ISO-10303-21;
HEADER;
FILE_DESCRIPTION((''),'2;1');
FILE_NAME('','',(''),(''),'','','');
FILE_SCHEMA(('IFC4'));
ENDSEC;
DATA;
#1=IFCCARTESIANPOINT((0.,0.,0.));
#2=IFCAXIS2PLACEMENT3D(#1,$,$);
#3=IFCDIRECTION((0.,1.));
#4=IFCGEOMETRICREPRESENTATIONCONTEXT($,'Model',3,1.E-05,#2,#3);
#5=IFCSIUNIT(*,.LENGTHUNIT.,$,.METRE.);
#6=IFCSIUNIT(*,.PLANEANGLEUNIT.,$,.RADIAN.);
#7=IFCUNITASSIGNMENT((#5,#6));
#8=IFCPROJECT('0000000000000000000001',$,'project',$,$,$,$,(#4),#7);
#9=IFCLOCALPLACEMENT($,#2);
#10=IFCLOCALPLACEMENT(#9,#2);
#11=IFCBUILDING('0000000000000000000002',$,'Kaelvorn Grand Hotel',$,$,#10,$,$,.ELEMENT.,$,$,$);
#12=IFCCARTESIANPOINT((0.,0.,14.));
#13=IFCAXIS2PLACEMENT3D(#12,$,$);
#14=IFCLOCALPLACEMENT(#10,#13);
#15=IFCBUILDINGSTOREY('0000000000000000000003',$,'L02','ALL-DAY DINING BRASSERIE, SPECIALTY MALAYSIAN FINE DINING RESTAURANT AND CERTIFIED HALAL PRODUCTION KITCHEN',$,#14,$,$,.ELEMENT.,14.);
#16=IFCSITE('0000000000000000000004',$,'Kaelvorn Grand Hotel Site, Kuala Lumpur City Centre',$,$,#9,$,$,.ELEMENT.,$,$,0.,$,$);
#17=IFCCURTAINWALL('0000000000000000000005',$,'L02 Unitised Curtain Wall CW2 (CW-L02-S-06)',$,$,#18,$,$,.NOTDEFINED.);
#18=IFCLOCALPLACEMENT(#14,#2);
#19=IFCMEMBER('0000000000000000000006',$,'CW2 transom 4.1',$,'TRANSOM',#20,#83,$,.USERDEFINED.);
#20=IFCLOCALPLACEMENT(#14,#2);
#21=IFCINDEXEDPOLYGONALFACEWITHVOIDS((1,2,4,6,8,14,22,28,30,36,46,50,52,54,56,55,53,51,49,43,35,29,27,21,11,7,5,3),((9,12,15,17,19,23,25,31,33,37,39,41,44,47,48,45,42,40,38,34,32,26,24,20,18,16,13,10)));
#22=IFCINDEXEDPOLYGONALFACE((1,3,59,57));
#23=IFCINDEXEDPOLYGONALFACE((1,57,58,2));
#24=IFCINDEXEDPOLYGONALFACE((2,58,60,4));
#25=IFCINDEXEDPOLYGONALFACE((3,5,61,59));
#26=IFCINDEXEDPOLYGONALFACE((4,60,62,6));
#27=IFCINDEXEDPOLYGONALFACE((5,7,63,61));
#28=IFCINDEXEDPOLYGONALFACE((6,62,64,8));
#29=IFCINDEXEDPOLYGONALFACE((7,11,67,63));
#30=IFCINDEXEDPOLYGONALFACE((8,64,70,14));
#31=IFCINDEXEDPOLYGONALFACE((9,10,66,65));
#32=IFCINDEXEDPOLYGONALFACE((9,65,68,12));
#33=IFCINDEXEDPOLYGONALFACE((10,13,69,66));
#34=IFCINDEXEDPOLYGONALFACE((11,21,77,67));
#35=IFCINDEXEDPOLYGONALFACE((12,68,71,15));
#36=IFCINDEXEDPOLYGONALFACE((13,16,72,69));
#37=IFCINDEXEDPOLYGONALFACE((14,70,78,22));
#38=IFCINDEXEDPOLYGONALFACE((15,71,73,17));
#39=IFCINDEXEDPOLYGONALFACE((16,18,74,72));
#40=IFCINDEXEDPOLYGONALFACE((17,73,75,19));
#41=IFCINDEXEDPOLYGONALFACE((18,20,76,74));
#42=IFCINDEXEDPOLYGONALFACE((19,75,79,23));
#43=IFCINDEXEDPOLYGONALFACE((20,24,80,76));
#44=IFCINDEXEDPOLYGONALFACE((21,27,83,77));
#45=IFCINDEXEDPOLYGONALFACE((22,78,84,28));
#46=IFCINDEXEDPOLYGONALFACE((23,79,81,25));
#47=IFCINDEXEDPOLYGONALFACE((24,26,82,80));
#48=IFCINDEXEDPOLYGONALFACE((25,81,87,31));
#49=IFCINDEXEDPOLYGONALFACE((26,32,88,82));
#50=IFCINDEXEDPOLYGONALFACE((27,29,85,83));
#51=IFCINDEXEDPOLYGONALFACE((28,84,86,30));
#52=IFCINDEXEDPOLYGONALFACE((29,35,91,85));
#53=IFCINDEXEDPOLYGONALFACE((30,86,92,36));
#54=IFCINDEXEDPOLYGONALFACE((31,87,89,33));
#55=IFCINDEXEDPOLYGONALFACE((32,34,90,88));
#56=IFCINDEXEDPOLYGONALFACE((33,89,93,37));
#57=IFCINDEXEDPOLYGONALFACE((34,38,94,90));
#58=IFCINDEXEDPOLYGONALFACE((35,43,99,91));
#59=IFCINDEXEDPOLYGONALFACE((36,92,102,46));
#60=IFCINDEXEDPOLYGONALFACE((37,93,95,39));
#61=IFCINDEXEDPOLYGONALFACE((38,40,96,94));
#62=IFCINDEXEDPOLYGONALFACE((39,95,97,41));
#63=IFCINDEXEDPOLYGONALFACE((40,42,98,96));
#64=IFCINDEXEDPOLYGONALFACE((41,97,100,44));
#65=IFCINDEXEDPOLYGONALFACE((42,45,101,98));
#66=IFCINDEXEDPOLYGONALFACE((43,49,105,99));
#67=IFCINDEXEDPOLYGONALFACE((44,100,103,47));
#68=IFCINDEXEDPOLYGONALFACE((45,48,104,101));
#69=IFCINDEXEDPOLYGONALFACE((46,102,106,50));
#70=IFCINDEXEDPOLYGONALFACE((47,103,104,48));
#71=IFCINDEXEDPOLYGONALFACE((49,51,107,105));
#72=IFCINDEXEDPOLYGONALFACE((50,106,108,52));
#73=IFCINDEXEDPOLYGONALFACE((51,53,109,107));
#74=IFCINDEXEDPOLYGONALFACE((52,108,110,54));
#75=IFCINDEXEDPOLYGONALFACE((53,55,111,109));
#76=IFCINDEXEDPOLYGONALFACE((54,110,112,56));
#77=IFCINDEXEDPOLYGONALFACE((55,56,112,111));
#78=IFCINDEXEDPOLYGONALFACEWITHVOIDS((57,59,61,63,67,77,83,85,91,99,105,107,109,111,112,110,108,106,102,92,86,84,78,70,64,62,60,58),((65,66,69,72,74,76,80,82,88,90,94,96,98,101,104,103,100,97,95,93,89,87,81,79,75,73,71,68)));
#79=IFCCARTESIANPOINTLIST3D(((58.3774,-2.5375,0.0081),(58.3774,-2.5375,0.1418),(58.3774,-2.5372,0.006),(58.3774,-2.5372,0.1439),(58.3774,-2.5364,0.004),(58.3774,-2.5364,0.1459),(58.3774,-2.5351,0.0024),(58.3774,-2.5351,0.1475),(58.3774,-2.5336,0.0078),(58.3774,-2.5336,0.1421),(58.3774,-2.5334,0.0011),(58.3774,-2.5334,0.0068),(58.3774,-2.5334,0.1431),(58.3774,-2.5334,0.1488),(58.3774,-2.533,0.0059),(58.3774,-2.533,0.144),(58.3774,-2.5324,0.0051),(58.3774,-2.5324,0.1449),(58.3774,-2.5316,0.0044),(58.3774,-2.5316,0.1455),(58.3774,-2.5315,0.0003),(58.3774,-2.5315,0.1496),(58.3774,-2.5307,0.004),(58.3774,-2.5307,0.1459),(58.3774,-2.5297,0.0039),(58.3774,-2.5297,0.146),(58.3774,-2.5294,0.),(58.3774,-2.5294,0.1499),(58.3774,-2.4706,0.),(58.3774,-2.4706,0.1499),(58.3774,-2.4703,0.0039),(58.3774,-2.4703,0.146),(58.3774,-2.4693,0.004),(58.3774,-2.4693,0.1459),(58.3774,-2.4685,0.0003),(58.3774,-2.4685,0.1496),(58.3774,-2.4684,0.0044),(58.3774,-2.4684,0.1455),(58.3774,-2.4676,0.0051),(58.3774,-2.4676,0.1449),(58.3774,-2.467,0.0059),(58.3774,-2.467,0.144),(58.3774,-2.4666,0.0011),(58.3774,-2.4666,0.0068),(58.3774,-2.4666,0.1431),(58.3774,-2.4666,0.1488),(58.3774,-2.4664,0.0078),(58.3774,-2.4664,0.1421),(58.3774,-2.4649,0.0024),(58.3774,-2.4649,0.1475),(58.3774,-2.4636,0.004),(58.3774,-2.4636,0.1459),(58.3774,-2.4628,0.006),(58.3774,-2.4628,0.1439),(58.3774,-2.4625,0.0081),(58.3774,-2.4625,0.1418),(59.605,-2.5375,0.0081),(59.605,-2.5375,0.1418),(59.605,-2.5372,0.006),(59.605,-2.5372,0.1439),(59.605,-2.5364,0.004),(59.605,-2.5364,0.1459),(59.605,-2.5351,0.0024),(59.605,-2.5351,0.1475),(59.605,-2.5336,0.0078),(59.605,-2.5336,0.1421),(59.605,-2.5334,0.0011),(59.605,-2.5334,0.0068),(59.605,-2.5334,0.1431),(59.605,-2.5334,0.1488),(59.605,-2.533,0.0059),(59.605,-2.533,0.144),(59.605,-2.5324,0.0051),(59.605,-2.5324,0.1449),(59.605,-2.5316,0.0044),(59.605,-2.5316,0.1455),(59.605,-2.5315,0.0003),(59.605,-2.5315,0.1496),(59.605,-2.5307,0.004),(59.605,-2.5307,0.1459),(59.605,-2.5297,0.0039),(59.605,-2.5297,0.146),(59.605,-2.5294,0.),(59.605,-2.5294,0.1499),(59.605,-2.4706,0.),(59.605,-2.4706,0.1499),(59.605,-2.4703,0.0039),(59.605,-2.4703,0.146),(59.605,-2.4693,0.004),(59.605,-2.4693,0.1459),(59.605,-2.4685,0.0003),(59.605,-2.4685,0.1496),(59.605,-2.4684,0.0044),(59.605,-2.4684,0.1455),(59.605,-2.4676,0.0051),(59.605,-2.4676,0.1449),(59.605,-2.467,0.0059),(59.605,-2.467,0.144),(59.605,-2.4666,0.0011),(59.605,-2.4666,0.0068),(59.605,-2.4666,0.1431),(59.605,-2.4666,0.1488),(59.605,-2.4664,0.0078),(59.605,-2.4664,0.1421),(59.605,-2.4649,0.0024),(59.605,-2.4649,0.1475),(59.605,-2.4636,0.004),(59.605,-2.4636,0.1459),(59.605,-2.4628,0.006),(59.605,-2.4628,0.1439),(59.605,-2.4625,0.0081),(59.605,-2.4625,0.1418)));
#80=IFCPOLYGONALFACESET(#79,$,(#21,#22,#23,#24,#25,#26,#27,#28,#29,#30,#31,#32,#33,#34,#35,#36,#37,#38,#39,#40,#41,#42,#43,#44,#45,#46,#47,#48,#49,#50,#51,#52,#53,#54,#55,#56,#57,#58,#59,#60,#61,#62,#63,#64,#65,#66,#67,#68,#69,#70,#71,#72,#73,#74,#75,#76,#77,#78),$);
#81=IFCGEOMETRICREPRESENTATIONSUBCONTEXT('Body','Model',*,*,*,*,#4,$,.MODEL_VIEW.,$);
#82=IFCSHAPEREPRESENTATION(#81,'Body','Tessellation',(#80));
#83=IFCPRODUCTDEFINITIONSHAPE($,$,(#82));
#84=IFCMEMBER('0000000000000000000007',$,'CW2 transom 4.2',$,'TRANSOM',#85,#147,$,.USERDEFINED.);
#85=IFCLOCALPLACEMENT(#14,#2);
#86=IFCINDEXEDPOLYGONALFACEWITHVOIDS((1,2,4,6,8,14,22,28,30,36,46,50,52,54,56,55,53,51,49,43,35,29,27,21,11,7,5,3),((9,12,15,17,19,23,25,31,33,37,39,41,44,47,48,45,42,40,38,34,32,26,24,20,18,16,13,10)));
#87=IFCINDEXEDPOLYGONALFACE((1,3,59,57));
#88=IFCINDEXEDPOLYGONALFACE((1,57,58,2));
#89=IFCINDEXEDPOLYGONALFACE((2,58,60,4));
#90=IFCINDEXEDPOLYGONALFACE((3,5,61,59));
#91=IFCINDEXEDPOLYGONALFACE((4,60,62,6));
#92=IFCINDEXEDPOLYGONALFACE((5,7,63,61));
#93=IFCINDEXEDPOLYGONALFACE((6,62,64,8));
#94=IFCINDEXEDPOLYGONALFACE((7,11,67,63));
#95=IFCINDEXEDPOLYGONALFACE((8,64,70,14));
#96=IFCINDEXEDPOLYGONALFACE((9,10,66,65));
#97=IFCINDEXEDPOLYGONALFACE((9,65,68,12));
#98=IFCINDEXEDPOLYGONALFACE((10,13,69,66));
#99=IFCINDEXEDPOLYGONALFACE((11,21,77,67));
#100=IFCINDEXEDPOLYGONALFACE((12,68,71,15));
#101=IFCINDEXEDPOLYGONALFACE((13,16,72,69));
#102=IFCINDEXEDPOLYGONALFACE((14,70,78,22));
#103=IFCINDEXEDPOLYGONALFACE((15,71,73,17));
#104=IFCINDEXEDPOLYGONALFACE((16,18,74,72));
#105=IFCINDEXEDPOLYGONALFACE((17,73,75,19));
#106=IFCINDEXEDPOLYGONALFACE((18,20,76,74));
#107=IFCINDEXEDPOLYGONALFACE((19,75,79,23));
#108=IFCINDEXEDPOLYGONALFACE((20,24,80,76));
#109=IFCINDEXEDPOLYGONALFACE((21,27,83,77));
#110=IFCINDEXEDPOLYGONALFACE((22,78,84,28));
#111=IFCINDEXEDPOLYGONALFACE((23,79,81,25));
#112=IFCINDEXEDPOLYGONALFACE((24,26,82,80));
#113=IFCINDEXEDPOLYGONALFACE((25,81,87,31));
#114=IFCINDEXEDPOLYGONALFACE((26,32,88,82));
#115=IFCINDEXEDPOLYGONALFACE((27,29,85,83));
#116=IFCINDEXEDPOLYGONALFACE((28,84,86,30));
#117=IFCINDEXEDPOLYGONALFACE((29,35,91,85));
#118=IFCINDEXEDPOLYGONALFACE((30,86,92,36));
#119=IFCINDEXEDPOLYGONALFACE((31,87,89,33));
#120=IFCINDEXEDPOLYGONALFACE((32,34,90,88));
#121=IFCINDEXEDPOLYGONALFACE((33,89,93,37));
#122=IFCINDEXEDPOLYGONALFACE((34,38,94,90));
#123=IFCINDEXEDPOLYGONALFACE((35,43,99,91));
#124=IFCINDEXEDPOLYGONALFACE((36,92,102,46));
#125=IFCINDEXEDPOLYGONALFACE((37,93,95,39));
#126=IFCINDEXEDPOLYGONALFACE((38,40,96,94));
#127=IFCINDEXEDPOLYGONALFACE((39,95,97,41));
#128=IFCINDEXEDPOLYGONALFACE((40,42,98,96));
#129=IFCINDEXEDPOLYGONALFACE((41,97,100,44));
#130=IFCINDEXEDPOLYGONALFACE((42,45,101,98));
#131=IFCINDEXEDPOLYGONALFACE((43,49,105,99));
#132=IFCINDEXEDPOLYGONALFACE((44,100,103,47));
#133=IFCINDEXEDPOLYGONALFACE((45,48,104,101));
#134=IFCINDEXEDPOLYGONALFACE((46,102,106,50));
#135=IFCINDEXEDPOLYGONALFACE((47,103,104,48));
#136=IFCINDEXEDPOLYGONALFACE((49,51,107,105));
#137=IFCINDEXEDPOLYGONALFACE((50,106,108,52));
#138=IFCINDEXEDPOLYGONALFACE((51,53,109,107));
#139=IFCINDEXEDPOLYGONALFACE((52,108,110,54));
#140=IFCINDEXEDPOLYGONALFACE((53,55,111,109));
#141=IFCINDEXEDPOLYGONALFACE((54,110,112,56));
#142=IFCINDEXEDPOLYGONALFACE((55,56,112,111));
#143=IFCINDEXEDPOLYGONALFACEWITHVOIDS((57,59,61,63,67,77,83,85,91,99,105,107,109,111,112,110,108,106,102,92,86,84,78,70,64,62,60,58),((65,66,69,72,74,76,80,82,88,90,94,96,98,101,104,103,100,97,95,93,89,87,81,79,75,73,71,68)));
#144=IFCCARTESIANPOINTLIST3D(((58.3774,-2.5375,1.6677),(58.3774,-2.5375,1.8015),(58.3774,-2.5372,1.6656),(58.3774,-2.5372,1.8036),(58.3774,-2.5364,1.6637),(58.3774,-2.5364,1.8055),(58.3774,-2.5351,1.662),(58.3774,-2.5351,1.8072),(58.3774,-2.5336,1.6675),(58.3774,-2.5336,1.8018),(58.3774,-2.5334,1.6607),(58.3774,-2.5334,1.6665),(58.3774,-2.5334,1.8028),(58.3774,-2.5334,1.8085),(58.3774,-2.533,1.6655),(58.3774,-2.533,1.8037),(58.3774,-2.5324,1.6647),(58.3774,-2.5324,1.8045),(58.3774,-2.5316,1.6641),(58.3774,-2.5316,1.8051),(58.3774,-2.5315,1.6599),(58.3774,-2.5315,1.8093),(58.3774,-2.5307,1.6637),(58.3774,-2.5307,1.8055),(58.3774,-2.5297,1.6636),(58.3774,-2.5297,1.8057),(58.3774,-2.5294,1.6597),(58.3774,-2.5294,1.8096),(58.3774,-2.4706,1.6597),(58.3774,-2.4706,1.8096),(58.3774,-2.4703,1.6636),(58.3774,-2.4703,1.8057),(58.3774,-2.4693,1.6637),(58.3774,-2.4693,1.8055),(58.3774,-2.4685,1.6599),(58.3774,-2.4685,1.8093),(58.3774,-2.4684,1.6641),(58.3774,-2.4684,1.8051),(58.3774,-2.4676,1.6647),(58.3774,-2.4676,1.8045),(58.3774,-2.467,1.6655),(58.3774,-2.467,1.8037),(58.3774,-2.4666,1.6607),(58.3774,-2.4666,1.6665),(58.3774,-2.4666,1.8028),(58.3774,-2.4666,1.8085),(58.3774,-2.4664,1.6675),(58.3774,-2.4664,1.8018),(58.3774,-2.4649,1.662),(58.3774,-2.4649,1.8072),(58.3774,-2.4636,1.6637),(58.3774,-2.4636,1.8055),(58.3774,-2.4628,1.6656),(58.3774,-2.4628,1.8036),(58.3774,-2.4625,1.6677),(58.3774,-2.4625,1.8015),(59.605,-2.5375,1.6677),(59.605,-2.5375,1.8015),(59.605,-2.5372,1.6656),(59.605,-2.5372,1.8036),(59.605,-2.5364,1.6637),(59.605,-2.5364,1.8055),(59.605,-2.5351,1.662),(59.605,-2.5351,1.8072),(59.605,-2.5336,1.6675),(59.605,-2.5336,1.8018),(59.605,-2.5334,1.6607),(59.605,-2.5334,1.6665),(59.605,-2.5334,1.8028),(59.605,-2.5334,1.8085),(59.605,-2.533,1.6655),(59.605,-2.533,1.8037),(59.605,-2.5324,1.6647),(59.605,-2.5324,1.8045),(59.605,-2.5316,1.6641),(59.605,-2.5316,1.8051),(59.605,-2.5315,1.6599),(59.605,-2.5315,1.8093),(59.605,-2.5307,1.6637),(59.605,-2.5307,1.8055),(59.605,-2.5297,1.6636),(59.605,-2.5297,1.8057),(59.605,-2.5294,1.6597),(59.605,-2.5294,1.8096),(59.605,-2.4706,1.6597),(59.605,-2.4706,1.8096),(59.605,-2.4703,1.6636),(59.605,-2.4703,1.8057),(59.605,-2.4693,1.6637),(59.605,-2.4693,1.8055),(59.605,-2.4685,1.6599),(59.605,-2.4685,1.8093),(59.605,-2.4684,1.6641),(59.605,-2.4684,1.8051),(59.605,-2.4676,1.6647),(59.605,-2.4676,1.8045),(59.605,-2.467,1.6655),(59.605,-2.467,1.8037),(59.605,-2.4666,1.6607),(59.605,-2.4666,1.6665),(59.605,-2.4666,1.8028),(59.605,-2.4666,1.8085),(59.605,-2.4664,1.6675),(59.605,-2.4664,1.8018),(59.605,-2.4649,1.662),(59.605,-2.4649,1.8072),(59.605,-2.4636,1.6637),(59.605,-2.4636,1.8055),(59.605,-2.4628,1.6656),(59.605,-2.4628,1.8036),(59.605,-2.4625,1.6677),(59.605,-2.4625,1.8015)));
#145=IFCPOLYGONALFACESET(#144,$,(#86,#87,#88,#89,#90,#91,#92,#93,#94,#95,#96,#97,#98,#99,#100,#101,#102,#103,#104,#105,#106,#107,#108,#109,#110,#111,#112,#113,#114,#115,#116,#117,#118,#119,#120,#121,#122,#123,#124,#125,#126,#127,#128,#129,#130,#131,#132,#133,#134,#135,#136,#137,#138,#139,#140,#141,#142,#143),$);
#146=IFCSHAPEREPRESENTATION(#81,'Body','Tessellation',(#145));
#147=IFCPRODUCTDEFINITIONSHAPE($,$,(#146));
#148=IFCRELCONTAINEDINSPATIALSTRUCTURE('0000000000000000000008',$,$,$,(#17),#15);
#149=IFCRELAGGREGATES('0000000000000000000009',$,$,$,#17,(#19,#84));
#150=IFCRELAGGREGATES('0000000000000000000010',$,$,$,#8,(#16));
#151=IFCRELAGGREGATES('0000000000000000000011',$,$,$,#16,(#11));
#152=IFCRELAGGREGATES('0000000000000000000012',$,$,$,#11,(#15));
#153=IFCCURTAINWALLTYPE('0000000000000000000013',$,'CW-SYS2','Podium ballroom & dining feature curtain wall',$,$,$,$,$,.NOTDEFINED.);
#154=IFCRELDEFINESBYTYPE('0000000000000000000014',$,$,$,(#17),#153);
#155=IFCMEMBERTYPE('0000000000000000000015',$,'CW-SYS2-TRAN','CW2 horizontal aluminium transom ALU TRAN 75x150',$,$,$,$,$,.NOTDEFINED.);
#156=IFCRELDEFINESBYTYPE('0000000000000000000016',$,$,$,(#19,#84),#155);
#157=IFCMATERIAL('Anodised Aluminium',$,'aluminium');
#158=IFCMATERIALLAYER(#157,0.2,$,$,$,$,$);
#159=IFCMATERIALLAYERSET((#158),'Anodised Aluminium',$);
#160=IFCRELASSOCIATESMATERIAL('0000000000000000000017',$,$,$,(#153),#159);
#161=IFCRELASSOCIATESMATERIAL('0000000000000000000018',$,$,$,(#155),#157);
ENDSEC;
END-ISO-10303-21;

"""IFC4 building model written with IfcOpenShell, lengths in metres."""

from ifc_helpers import new_model, si_unit, direction, frame, origin, origin_2d, place, context, subcontext, project, spatial, hollow_rectangle, extrude, material, layer, layer_set, material_profile, profile_set, type_object, element, aggregate, save


model = new_model("IFC4")

# Units and contexts
model_context = context("Model", 3, precision=1e-05, world=origin(), true_north=direction((0.0, 1.0)))
body_context = subcontext(model_context, "Body", "Model", "MODEL_VIEW")
ifc_project = project(units=[si_unit("LENGTHUNIT", "METRE"), si_unit("PLANEANGLEUNIT", "RADIAN")], contexts=[model_context])

# Site, building, storey
site_placement = place(None, origin())
site = spatial("IfcSite", under=ifc_project, at=site_placement, Name="Kaelvorn Grand Hotel Site, Kuala Lumpur City Centre", CompositionType="ELEMENT", RefElevation=0.0)
building_placement = place(site_placement, origin())
building = spatial("IfcBuilding", under=site, at=building_placement, Name="Kaelvorn Grand Hotel", CompositionType="ELEMENT")
storey_placement = place(building_placement, frame((0.0, 0.0, 14.0)))
storey = spatial("IfcBuildingStorey", under=building, at=storey_placement, Name="L02", Description="ALL-DAY DINING BRASSERIE, SPECIALTY MALAYSIAN FINE DINING RESTAURANT AND CERTIFIED HALAL PRODUCTION KITCHEN", CompositionType="ELEMENT", Elevation=14.0)

# Curtain wall
ifc_material_1 = material(Name="Anodised Aluminium", Category="aluminium")
ifc_layer_1 = layer(ifc_material_1, 0.2)
ifc_layer_set_1 = layer_set([ifc_layer_1], Name="Anodised Aluminium")
curtain_wall_type = type_object("IfcCurtainWallType", Name="CW-SYS2", Description="Podium ballroom & dining feature curtain wall", PredefinedType="NOTDEFINED", material=ifc_layer_set_1)
curtain_wall_1_placement = place(storey_placement, origin())
curtain_wall_1 = element("IfcCurtainWall", 1, at=curtain_wall_1_placement, inside=storey, type_object=curtain_wall_type, Name="L02 Unitised Curtain Wall CW2 (CW-L02-S-06)", PredefinedType="NOTDEFINED")

# Members
ifc_material_profile_1 = material_profile(ifc_material_1, hollow_rectangle(XDim=0.075, YDim=0.1499, WallThickness=0.0039, InnerFilletRadius=0.0039, OuterFilletRadius=0.0081, at=origin_2d()), Name="ALU TRAN 75x150")
ifc_profile_set_1 = profile_set([ifc_material_profile_1], Name="Anodised Aluminium")
member_type_1 = type_object("IfcMemberType", Name="CW-SYS2-TRAN", Description="CW2 horizontal aluminium transom ALU TRAN 75x150", PredefinedType="NOTDEFINED", material=ifc_profile_set_1)
member_1_placement = place(storey_placement, frame((58.3774, -2.5, 0.075), z_axis=(1.0, 0.0, 0.0), x_axis=(0.0, 1.0, 0.0)))
member_1 = element("IfcMember", 2, at=member_1_placement, type_object=member_type_1, Name="CW2 transom 4.1", ObjectType="TRANSOM", PredefinedType="USERDEFINED", context=body_context, shape_type="SweptSolid", body=[
    extrude(hollow_rectangle(XDim=0.075, YDim=0.1499, WallThickness=0.0039, InnerFilletRadius=0.0039, OuterFilletRadius=0.0081, at=origin_2d()), origin(), (0.0, 0.0, 1.0), 1.2275),
])
member_2_placement = place(storey_placement, frame((58.3774, -2.5, 1.7346), z_axis=(1.0, 0.0, 0.0), x_axis=(0.0, 1.0, 0.0)))
member_2 = element("IfcMember", 3, at=member_2_placement, type_object=member_type_1, Name="CW2 transom 4.2", ObjectType="TRANSOM", PredefinedType="USERDEFINED", context=body_context, shape_type="SweptSolid", body=[
    extrude(hollow_rectangle(XDim=0.075, YDim=0.1499, WallThickness=0.0039, InnerFilletRadius=0.0039, OuterFilletRadius=0.0081, at=origin_2d()), origin(), (0.0, 0.0, 1.0), 1.2275),
])

aggregate(curtain_wall_1, [member_1, member_2])

save(model, "model.ifc")
